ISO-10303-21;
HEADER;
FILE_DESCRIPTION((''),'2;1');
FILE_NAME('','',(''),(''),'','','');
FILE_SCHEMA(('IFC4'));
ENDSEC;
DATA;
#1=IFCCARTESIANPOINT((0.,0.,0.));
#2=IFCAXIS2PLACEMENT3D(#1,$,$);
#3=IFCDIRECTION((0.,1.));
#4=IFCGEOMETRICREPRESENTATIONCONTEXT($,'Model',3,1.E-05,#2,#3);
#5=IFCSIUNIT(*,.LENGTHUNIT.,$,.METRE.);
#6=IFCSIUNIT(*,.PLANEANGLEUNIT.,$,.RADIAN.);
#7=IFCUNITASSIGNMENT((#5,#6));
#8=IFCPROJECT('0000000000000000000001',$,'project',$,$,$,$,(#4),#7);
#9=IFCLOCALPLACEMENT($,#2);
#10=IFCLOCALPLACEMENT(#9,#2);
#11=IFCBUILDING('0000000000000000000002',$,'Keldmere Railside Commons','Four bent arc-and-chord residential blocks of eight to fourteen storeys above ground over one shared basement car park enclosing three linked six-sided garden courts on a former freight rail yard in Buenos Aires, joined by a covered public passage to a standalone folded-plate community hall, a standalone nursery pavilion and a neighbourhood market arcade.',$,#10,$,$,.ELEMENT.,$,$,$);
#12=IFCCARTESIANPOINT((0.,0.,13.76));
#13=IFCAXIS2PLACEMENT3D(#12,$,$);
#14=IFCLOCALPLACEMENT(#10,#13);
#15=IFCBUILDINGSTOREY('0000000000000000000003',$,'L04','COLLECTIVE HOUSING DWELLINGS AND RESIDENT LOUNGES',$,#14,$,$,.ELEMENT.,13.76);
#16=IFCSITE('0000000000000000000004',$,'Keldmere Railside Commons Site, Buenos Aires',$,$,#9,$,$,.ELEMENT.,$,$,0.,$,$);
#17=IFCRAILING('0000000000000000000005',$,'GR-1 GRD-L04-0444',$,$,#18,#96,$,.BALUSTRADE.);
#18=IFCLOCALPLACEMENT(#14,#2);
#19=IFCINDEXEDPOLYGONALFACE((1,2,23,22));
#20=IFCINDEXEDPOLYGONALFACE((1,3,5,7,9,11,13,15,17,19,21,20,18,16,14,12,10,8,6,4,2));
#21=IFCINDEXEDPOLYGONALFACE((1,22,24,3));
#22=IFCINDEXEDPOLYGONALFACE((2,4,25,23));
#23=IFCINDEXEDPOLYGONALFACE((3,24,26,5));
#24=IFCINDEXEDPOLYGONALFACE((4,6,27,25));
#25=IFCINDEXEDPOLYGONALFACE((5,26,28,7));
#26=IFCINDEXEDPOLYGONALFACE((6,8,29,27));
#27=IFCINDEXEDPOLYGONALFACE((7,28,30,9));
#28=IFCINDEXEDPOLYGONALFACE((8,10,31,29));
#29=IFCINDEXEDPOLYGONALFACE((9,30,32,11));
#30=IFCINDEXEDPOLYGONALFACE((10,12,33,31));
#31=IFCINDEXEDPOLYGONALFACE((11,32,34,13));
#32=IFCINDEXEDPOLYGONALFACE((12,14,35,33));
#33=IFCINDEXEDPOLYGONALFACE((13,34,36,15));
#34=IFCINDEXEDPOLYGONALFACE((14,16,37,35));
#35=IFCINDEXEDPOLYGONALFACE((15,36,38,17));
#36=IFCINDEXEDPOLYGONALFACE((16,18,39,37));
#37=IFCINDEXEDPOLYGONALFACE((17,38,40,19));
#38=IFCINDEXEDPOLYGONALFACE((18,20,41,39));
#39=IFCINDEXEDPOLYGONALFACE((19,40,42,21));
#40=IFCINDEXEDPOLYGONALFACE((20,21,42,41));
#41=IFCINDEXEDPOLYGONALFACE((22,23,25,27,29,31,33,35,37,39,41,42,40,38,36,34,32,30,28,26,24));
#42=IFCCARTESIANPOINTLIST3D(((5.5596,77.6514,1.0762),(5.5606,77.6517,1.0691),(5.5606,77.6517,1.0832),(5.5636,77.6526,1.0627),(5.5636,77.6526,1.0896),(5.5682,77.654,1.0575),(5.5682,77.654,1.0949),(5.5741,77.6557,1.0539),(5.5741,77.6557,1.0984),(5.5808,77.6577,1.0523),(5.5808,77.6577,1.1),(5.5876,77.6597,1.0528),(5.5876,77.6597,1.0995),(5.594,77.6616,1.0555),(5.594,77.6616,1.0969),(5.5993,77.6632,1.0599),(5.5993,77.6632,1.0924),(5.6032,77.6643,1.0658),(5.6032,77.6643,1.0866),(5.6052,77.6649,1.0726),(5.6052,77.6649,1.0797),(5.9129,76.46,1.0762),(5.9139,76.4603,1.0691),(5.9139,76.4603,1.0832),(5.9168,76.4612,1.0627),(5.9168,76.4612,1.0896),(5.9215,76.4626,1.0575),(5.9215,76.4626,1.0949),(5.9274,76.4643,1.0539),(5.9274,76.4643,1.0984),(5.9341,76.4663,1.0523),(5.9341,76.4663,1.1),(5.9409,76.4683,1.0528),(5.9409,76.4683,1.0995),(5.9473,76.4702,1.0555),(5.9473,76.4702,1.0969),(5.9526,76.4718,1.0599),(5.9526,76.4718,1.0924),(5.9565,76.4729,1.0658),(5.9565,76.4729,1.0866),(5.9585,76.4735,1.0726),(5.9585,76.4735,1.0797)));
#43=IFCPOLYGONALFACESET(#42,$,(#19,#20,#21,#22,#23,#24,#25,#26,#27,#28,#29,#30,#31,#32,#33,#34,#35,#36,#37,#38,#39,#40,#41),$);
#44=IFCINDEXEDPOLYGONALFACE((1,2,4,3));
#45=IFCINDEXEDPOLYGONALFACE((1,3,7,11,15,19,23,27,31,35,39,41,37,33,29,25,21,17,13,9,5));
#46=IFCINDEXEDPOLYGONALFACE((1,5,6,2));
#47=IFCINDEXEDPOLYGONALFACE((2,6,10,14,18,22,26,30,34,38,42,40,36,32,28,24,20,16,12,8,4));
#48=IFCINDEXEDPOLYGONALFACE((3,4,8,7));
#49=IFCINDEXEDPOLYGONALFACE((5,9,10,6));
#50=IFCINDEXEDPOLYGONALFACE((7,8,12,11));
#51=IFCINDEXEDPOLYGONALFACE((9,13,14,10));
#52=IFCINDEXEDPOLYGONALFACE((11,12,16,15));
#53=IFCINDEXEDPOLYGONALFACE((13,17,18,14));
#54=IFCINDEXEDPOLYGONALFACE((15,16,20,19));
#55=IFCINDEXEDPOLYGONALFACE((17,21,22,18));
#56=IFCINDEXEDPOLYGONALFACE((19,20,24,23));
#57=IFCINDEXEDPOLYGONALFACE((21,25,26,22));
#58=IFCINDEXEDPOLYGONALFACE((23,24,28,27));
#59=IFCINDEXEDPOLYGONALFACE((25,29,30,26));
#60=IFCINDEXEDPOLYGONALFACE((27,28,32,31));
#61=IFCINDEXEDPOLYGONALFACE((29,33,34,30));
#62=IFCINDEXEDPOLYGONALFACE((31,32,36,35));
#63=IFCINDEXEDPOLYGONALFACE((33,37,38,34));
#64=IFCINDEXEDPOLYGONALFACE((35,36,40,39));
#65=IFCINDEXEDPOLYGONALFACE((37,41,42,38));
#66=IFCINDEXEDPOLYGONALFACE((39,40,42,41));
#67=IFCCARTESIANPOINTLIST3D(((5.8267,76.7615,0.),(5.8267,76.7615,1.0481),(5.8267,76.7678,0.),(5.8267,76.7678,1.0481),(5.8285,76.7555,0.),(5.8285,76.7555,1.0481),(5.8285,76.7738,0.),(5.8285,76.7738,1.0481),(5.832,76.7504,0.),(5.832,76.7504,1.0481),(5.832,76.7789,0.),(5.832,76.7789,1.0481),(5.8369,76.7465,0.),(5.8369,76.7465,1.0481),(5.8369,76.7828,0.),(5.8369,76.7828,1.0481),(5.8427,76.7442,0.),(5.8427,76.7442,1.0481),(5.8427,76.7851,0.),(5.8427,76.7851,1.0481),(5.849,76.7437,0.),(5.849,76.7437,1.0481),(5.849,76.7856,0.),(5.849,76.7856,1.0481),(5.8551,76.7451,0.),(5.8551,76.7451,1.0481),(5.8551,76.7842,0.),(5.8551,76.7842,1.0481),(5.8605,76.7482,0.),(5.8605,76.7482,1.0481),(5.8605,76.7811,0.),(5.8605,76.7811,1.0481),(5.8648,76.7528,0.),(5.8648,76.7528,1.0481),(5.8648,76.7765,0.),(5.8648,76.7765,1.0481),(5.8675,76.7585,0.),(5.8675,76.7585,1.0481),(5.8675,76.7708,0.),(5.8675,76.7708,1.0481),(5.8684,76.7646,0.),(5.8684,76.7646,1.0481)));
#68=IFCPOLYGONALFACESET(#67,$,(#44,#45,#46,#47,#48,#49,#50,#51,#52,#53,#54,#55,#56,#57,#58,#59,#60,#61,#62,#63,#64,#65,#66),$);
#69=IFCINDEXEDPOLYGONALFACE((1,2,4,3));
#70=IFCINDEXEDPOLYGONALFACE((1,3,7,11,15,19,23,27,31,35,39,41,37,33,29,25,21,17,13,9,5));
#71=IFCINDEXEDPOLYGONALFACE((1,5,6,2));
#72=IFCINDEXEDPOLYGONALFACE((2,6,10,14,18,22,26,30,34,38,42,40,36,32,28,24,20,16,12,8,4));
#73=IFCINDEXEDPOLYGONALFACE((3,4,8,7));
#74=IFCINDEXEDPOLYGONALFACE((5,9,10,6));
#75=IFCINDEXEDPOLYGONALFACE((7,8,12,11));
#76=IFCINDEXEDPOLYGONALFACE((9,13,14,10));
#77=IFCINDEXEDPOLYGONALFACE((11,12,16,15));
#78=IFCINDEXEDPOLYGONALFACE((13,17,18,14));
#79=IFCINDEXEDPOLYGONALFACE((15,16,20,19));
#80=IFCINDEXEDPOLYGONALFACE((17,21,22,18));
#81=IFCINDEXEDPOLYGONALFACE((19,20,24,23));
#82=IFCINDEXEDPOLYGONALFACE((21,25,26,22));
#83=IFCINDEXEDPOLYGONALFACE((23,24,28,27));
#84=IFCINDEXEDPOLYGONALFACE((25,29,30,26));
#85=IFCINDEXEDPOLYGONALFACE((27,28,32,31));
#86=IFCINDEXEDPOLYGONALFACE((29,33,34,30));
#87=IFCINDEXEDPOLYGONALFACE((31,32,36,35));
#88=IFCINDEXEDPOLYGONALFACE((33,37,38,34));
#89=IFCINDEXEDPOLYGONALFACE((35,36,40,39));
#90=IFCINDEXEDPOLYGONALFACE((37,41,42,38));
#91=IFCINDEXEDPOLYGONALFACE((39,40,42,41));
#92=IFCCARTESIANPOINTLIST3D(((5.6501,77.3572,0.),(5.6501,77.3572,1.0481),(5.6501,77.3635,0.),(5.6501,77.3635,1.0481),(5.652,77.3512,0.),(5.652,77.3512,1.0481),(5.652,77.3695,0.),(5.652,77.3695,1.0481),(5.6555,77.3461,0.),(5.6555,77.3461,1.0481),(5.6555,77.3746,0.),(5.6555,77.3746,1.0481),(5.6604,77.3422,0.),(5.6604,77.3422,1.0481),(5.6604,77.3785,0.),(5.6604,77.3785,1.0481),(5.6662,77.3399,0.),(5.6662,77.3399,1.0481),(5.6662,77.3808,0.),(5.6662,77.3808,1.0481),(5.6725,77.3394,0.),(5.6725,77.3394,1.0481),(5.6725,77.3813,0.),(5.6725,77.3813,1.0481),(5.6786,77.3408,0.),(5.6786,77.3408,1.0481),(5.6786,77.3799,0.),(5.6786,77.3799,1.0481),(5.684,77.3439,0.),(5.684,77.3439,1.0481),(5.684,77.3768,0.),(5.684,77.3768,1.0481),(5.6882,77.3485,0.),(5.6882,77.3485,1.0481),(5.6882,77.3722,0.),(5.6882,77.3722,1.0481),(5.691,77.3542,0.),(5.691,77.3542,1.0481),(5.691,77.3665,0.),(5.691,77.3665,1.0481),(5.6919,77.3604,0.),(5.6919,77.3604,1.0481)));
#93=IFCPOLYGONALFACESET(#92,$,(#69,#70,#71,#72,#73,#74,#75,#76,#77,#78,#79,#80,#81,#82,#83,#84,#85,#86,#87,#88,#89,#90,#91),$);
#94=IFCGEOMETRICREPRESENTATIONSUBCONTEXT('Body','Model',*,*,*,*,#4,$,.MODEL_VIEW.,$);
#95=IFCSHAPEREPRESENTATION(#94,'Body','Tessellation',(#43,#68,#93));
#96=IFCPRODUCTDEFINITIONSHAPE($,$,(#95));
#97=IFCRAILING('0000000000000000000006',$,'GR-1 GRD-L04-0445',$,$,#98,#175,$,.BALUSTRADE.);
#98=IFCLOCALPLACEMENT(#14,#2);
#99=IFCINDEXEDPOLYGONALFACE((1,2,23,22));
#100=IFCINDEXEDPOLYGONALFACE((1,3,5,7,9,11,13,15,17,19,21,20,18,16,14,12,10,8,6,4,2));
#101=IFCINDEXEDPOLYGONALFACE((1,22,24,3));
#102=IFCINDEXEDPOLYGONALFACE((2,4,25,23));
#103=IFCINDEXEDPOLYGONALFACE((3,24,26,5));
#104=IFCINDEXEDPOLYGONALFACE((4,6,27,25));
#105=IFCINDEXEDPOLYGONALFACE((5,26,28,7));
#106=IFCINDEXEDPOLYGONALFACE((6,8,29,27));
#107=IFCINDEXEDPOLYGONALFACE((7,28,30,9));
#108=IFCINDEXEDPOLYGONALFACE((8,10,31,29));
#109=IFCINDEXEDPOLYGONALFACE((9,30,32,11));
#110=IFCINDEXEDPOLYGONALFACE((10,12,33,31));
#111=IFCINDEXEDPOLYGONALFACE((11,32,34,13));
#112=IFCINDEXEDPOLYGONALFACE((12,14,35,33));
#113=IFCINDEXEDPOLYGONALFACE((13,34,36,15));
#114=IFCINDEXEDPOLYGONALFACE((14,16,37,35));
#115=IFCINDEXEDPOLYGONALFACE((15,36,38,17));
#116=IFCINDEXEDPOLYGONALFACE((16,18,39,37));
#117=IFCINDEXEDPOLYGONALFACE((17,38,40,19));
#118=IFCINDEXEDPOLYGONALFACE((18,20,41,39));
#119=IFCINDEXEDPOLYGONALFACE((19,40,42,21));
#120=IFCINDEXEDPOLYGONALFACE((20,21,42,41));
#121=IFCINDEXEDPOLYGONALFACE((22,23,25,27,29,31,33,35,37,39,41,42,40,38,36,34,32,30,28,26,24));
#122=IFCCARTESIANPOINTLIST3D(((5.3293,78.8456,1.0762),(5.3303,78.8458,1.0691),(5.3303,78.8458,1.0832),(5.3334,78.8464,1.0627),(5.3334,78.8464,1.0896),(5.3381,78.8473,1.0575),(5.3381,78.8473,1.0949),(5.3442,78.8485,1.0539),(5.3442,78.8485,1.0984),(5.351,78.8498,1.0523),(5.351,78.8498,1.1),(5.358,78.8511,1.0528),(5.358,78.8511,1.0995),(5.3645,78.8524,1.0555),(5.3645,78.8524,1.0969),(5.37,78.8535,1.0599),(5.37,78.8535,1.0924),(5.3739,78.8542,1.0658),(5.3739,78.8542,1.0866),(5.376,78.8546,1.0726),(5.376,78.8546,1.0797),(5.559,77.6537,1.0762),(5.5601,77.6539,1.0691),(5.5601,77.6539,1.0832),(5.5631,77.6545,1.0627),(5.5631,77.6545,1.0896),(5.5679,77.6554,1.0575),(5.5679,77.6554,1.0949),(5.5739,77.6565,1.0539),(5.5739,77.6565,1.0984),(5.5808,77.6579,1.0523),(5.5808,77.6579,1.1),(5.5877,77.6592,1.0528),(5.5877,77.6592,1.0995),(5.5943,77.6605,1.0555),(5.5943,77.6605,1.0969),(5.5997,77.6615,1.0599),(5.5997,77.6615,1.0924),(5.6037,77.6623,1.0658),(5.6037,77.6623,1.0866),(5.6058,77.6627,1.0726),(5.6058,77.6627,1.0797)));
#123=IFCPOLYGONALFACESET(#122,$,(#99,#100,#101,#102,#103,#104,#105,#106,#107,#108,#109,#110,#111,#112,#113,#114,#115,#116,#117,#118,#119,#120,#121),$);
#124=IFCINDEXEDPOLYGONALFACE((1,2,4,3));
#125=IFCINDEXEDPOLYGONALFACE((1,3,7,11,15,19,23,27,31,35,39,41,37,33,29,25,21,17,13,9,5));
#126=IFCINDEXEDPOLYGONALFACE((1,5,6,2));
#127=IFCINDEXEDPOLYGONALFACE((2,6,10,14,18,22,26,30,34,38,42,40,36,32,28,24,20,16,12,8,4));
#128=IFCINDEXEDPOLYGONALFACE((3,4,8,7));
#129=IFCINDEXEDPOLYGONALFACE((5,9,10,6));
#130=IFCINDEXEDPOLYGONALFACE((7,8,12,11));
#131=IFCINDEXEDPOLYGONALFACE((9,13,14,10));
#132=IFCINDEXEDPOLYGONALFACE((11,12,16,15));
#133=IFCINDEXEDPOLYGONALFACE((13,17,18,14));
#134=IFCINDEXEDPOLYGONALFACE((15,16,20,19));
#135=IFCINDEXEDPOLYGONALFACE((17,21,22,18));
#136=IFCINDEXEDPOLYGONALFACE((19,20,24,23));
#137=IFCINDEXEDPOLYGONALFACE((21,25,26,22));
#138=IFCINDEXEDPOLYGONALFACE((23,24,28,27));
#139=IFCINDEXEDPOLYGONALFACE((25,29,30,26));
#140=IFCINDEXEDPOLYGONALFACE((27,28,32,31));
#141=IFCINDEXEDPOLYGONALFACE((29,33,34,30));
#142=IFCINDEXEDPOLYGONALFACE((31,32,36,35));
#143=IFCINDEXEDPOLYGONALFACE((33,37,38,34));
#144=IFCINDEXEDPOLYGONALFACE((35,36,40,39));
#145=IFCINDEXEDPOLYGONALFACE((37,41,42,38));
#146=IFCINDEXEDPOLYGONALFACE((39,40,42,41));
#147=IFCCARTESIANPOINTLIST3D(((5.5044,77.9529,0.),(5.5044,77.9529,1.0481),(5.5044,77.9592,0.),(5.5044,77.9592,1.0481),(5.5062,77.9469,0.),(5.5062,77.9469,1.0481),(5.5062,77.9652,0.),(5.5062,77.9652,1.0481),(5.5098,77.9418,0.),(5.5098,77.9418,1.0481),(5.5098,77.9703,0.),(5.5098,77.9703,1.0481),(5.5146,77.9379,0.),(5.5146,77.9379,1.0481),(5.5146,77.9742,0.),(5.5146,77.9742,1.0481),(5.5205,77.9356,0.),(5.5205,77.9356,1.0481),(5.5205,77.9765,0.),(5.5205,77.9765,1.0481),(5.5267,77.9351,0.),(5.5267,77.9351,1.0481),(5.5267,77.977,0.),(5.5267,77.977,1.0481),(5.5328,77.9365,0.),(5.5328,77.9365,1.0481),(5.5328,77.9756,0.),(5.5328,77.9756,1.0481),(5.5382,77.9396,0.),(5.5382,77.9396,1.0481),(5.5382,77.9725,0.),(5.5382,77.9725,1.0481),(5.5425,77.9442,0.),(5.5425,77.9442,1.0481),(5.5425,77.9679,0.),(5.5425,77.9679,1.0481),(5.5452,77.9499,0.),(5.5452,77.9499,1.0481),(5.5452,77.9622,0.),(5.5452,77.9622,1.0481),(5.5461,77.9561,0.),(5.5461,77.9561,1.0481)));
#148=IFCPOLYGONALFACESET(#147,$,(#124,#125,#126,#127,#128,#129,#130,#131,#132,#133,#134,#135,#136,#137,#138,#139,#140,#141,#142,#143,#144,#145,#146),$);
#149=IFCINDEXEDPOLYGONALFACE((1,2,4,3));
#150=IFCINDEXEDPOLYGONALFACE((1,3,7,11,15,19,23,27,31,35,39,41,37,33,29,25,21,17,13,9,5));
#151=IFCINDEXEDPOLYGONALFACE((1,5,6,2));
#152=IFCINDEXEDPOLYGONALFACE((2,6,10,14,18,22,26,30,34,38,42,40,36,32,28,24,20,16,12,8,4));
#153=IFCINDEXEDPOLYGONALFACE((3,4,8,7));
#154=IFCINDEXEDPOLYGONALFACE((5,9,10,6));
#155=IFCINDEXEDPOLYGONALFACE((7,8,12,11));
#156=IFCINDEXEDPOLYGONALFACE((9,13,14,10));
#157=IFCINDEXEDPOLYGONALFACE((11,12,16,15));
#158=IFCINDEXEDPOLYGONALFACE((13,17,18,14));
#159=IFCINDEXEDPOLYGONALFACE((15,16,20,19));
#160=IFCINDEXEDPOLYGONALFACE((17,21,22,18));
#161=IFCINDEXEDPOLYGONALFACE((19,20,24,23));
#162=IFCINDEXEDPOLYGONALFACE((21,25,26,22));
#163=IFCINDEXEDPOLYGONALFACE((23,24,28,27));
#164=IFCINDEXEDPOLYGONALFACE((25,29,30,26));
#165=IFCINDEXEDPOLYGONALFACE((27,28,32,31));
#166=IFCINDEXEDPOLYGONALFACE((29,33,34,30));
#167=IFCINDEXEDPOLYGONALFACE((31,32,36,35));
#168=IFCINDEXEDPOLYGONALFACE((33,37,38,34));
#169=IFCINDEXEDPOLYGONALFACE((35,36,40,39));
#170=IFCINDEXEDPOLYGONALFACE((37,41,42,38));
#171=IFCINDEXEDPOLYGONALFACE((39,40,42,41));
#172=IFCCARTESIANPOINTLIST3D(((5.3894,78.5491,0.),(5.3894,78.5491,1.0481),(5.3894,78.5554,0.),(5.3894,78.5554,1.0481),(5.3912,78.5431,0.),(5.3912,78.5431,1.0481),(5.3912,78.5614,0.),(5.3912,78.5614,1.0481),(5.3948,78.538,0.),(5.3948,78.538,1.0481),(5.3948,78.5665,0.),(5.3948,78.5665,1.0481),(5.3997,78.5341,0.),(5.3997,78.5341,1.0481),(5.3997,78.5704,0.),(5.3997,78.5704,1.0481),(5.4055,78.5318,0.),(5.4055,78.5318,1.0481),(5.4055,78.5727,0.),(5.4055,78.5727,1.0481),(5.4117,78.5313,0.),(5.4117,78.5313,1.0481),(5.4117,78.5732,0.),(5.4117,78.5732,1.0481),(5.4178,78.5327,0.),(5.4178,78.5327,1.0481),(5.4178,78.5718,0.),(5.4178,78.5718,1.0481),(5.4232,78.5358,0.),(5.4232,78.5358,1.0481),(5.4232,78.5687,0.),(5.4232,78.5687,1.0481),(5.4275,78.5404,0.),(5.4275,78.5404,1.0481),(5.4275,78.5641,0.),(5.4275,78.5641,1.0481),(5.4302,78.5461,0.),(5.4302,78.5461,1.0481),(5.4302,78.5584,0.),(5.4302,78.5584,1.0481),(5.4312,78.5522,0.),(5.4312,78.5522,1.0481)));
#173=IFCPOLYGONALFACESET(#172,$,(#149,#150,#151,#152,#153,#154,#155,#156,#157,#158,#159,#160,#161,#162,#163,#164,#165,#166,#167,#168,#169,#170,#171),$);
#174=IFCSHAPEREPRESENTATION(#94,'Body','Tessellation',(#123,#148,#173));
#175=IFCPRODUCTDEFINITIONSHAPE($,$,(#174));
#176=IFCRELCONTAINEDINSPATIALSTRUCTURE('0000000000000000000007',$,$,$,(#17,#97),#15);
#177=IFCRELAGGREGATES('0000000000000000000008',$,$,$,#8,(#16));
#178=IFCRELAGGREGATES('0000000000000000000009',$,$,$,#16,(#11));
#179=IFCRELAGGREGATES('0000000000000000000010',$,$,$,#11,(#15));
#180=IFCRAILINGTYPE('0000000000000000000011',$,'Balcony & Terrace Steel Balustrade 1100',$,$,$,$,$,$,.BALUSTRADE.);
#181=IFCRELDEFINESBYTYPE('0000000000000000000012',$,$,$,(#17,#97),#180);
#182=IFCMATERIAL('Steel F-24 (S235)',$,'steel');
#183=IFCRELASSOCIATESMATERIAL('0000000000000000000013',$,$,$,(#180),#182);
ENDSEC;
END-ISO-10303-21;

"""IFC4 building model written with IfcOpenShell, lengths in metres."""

from ifc_helpers import new_model, si_unit, direction, frame, origin, origin_2d, place, context, subcontext, project, spatial, circle, extrude, material, type_object, element, save


model = new_model("IFC4")

# Units and contexts
model_context = context("Model", 3, precision=1e-05, world=origin(), true_north=direction((0.0, 1.0)))
body_context = subcontext(model_context, "Body", "Model", "MODEL_VIEW")
ifc_project = project(units=[si_unit("LENGTHUNIT", "METRE"), si_unit("PLANEANGLEUNIT", "RADIAN")], contexts=[model_context])

# Site, building, storey
site_placement = place(None, origin())
site = spatial("IfcSite", under=ifc_project, at=site_placement, Name="Keldmere Railside Commons Site, Buenos Aires", CompositionType="ELEMENT", RefElevation=0.0)
building_placement = place(site_placement, origin())
building = spatial("IfcBuilding", under=site, at=building_placement, Name="Keldmere Railside Commons", Description="Four bent arc-and-chord residential blocks of eight to fourteen storeys above ground over one shared basement car park enclosing three linked six-sided garden courts on a former freight rail yard in Buenos Aires, joined by a covered public passage to a standalone folded-plate community hall, a standalone nursery pavilion and a neighbourhood market arcade.", CompositionType="ELEMENT")
storey_placement = place(building_placement, frame((0.0, 0.0, 13.76)))
storey = spatial("IfcBuildingStorey", under=building, at=storey_placement, Name="L04", Description="COLLECTIVE HOUSING DWELLINGS AND RESIDENT LOUNGES", CompositionType="ELEMENT", Elevation=13.76)

# Shared definitions
ifc_material_1 = material(Name="Steel F-24 (S235)", Category="steel")

# Railings
railing_type_1 = type_object("IfcRailingType", Name="Balcony & Terrace Steel Balustrade 1100", PredefinedType="BALUSTRADE", material=ifc_material_1)
railing_1_placement = place(storey_placement, frame((5.9358, 76.4668, 0.0)))
element("IfcRailing", 1, at=railing_1_placement, inside=storey, type_object=railing_type_1, Name="GR-1 GRD-L04-0444", PredefinedType="BALUSTRADE", context=body_context, shape_type="SweptSolid", body=[
    extrude(circle(Radius=0.0239, at=origin_2d()), frame((0.0, 0.0, 1.0762), z_axis=(-0.284282, 0.958741, 0.0), x_axis=(-0.958741, -0.284282, 0.0)), (0.0, 0.0, 1.0), 1.2427),
    extrude(circle(Radius=0.021, at=origin_2d()), frame((-0.0884, 0.2979, 0.0)), (0.0, 0.0, 1.0), 1.0481),
    extrude(circle(Radius=0.021, at=origin_2d()), frame((-0.2649, 0.8936, 0.0)), (0.0, 0.0, 1.0), 1.0481),
])
railing_2_placement = place(storey_placement, frame((5.5825, 77.6582, 0.0)))
element("IfcRailing", 2, at=railing_2_placement, inside=storey, type_object=railing_type_1, Name="GR-1 GRD-L04-0445", PredefinedType="BALUSTRADE", context=body_context, shape_type="SweptSolid", body=[
    extrude(circle(Radius=0.0239, at=origin_2d()), frame((0.0, 0.0, 1.0762), z_axis=(-0.189265, 0.981926, 0.0), x_axis=(-0.981926, -0.189265, 0.0)), (0.0, 0.0, 1.0), 1.2139),
    extrude(circle(Radius=0.021, at=origin_2d()), frame((-0.0574, 0.2979, 0.0)), (0.0, 0.0, 1.0), 1.0481),
    extrude(circle(Radius=0.021, at=origin_2d()), frame((-0.1724, 0.894, 0.0)), (0.0, 0.0, 1.0), 1.0481),
])

save(model, "model.ifc")
